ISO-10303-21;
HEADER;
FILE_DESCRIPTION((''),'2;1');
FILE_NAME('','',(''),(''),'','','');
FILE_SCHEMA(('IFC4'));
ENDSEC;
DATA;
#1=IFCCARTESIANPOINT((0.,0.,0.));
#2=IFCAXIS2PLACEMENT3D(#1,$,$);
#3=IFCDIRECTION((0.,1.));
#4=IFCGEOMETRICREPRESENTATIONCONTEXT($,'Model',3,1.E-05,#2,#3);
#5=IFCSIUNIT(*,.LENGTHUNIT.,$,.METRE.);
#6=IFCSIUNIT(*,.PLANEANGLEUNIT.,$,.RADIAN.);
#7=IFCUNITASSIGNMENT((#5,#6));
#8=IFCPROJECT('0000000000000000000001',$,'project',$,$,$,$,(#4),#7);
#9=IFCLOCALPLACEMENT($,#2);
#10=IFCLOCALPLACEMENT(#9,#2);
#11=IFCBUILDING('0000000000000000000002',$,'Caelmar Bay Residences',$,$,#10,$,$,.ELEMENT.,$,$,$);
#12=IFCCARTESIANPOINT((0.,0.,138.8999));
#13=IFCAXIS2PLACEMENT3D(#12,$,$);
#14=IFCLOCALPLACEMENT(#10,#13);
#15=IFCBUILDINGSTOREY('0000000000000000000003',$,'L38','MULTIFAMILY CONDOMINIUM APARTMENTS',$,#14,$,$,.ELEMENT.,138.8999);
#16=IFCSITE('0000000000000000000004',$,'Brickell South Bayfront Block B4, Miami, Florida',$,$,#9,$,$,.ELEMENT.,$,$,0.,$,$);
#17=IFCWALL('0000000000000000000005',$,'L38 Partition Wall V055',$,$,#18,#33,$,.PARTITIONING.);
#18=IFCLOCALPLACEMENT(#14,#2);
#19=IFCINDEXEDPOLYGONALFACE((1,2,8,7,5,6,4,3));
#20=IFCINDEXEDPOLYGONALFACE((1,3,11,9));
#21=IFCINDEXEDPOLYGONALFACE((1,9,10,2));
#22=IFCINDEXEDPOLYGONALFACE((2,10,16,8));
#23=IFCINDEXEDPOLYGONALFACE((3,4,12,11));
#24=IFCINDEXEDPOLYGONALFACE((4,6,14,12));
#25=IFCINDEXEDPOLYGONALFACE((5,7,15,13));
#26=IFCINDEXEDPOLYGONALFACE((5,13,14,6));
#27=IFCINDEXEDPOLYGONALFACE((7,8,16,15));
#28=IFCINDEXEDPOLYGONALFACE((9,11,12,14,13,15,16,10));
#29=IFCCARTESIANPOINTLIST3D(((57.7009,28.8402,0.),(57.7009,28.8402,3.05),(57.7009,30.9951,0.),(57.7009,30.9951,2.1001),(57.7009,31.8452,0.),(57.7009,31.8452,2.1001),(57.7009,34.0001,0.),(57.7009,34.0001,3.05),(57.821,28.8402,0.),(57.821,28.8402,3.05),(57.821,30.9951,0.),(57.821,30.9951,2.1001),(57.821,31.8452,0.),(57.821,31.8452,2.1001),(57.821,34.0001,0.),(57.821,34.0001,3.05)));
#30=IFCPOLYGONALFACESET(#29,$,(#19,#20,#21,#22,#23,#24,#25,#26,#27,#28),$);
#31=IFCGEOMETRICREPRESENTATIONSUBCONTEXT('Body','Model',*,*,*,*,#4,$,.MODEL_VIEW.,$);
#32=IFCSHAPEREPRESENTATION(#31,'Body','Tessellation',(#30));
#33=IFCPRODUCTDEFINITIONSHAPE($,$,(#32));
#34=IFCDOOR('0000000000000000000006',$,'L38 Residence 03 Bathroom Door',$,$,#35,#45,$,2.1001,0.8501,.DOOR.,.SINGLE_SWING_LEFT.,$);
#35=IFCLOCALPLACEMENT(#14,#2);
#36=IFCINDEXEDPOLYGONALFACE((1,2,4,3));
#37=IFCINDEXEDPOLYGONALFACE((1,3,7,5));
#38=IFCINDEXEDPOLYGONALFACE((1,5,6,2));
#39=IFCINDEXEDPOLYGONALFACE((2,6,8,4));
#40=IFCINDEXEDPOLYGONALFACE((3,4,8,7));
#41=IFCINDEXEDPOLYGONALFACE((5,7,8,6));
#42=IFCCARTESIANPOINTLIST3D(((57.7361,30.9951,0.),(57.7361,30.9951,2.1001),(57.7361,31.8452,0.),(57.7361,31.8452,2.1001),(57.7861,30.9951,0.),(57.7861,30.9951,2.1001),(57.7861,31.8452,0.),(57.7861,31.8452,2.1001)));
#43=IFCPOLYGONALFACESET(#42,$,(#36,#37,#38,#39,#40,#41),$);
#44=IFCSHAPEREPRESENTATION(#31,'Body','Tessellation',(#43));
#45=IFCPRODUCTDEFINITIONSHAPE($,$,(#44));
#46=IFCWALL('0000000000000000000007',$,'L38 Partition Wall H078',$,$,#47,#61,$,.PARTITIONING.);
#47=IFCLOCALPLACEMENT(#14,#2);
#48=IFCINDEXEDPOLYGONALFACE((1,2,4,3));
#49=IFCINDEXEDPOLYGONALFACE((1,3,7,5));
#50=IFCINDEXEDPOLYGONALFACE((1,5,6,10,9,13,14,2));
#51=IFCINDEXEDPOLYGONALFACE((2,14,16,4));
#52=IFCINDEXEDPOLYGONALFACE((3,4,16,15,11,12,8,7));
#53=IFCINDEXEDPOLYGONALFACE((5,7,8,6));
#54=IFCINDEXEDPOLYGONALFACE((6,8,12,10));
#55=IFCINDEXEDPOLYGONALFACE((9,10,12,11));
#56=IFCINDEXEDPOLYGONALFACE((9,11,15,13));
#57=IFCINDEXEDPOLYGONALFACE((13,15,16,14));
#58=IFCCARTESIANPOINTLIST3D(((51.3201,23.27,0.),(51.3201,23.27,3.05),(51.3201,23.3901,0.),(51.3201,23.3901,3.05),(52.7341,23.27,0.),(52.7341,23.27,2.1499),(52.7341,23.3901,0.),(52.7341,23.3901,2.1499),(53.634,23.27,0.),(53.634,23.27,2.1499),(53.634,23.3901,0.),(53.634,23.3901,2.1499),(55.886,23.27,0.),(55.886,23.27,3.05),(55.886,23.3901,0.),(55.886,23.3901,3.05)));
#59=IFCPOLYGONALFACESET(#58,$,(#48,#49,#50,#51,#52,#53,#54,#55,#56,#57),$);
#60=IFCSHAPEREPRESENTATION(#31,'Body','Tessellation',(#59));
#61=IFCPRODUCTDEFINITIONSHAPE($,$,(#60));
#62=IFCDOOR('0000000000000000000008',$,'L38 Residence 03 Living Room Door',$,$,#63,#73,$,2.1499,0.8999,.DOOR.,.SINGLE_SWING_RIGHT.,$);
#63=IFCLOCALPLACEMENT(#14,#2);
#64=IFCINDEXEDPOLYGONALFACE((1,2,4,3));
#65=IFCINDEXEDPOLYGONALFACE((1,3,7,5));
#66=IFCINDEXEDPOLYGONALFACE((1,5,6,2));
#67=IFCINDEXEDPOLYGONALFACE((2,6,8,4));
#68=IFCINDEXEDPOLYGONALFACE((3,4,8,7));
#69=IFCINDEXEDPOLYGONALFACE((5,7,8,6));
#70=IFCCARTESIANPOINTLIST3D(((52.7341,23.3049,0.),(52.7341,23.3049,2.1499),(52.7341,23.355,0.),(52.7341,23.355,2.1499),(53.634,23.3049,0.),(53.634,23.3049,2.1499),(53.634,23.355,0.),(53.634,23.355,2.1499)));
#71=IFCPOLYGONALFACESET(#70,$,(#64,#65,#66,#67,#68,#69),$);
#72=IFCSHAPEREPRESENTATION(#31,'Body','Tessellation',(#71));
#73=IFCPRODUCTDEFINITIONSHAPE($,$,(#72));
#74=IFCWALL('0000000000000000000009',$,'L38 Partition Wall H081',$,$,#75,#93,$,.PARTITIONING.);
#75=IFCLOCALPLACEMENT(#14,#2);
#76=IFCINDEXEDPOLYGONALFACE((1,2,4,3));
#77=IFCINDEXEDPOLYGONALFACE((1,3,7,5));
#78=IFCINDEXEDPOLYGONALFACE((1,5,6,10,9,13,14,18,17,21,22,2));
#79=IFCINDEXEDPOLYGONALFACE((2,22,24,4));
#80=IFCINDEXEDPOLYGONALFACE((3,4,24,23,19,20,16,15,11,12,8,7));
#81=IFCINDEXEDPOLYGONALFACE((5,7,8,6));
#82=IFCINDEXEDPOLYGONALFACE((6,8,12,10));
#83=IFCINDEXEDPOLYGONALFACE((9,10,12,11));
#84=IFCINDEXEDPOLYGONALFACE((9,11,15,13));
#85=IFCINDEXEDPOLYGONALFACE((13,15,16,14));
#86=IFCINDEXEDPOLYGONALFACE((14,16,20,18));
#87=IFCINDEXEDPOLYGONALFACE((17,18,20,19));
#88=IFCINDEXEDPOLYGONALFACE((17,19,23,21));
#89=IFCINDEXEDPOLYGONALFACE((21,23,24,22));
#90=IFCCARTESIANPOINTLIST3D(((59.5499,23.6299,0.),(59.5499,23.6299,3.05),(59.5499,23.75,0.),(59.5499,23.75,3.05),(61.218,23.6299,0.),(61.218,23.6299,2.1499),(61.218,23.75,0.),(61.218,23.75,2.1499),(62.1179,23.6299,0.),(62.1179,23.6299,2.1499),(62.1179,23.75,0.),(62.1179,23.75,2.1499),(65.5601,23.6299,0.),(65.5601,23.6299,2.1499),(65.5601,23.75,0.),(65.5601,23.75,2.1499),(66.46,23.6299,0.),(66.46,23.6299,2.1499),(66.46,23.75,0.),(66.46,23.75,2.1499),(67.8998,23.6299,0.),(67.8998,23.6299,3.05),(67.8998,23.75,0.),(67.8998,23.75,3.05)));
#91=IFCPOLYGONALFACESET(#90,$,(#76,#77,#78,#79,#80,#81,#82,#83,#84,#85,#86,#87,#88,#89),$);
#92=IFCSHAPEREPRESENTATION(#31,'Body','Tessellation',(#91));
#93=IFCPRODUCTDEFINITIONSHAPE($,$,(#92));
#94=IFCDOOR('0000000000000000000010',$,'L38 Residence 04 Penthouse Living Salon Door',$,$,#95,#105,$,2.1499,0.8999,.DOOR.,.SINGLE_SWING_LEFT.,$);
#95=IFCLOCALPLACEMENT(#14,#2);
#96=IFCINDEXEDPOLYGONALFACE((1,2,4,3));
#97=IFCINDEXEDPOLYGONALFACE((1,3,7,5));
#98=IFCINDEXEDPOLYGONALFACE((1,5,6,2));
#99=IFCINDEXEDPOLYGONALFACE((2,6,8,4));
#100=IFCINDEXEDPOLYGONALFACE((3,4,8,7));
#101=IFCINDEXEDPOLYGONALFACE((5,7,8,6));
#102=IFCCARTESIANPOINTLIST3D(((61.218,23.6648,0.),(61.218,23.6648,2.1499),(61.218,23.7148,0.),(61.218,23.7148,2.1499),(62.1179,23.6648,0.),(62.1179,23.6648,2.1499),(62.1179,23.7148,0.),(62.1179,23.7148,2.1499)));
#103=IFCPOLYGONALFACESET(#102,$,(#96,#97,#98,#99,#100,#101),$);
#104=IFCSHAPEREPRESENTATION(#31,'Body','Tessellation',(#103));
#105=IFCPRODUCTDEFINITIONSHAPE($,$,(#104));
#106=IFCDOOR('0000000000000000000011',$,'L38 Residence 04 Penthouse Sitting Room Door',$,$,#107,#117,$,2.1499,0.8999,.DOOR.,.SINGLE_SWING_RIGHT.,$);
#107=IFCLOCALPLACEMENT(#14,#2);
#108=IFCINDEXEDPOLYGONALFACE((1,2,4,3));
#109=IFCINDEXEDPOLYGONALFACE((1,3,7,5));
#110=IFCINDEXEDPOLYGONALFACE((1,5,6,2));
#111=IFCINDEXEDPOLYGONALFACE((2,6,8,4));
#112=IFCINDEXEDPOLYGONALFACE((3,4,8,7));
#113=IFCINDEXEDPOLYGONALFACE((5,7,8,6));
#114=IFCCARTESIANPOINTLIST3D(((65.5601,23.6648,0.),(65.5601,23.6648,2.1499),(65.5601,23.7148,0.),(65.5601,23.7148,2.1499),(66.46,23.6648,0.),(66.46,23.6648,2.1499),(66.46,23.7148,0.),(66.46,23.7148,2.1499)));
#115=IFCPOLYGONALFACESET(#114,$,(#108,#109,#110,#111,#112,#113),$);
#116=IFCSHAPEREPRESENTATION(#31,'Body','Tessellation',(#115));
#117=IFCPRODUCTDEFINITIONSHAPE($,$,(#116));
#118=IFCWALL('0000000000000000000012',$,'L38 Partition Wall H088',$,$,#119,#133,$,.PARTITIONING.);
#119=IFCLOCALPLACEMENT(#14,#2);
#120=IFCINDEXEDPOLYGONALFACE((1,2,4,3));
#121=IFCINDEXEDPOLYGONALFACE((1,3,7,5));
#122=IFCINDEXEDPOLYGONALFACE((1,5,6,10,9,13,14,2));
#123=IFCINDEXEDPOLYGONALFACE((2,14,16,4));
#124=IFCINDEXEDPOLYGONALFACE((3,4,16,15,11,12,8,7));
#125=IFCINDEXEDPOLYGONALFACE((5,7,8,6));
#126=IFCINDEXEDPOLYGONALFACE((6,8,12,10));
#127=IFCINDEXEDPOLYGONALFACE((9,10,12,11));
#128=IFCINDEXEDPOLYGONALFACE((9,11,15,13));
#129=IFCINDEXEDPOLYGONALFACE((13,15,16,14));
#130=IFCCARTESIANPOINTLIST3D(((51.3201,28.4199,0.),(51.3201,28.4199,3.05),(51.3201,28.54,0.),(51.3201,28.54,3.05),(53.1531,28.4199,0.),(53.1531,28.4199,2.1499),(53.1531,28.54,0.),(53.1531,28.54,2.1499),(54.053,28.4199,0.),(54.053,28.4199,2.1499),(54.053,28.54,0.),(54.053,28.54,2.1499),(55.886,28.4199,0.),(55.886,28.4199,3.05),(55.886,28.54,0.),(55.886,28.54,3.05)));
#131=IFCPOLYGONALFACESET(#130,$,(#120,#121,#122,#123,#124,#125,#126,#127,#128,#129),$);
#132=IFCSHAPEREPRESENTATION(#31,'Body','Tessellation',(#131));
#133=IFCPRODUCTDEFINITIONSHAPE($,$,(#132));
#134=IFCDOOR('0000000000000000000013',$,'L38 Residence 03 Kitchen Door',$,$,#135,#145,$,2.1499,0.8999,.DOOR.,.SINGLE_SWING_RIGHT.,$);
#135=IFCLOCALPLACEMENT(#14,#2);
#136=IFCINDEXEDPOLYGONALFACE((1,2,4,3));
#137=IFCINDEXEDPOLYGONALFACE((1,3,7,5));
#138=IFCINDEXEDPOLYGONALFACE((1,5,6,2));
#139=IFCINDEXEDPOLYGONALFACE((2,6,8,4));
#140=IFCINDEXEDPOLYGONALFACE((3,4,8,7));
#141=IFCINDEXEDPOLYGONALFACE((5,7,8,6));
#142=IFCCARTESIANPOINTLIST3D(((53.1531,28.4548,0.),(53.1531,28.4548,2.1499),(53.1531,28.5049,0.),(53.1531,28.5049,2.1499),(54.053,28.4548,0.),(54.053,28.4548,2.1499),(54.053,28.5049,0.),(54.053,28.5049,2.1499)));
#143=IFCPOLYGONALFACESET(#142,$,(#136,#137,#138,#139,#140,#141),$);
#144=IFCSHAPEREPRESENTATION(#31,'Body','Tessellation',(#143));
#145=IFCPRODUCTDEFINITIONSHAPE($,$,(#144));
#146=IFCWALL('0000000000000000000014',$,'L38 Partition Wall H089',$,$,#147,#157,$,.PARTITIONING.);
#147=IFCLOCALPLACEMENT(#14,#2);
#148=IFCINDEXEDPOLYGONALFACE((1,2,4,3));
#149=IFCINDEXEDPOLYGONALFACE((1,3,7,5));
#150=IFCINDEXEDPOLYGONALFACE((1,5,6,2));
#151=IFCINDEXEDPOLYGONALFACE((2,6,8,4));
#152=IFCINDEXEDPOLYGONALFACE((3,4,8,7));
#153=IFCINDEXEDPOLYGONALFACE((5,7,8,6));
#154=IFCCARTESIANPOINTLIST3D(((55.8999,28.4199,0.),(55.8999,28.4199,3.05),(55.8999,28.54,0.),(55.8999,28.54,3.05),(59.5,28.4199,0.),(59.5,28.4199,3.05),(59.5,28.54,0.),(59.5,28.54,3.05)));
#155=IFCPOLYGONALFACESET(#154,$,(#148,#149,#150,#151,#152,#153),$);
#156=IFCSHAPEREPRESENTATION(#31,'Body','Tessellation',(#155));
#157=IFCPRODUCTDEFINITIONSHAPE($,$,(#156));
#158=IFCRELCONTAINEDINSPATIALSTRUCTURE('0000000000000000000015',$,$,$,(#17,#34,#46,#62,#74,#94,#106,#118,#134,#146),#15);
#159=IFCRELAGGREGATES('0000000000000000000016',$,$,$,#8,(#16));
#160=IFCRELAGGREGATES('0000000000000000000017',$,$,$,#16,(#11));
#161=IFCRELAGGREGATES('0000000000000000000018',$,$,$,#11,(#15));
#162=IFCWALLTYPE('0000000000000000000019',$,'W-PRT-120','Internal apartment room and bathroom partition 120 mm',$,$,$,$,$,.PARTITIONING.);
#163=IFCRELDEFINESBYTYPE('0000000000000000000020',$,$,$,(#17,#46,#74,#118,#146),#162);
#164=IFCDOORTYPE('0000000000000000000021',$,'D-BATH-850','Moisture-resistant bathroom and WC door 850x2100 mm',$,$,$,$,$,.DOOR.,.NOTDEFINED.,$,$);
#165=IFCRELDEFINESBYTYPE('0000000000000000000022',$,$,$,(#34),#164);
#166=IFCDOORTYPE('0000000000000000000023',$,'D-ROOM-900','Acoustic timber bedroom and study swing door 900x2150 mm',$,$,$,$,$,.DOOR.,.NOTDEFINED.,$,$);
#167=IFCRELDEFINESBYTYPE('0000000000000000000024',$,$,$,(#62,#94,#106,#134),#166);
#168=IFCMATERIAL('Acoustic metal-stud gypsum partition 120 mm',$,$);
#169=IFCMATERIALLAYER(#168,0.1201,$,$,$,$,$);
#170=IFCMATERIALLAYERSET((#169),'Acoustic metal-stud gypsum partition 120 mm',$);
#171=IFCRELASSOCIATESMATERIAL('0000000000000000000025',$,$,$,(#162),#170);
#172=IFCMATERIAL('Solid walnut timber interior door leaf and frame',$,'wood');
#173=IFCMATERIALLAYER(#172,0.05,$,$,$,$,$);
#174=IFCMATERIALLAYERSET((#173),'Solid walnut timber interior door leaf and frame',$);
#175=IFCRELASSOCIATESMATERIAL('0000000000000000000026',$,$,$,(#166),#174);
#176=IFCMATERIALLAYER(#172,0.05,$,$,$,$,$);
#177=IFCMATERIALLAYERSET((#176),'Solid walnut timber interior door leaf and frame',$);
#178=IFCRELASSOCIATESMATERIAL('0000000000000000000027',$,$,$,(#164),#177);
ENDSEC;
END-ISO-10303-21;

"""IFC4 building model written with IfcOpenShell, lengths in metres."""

from ifc_helpers import new_model, si_unit, direction, frame, frame_2d, origin, place, context, subcontext, project, spatial, rectangle, extrude, material, layer, layer_set, type_object, element, fill, save


model = new_model("IFC4")

# Units and contexts
model_context = context("Model", 3, precision=1e-05, world=origin(), true_north=direction((0.0, 1.0)))
body_context = subcontext(model_context, "Body", "Model", "MODEL_VIEW")
ifc_project = project(units=[si_unit("LENGTHUNIT", "METRE"), si_unit("PLANEANGLEUNIT", "RADIAN")], contexts=[model_context])

# Site, building, storey
site_placement = place(None, origin())
site = spatial("IfcSite", under=ifc_project, at=site_placement, Name="Brickell South Bayfront Block B4, Miami, Florida", CompositionType="ELEMENT", RefElevation=0.0)
building_placement = place(site_placement, origin())
building = spatial("IfcBuilding", under=site, at=building_placement, Name="Caelmar Bay Residences", CompositionType="ELEMENT")
storey_placement = place(building_placement, frame((0.0, 0.0, 138.8999)))
storey = spatial("IfcBuildingStorey", under=building, at=storey_placement, Name="L38", Description="MULTIFAMILY CONDOMINIUM APARTMENTS", CompositionType="ELEMENT", Elevation=138.8999)

# Shared definitions
ifc_material_1 = material(Name="Acoustic metal-stud gypsum partition 120 mm")
ifc_layer_1 = layer(ifc_material_1, 0.1201)
ifc_layer_set_1 = layer_set([ifc_layer_1], Name="Acoustic metal-stud gypsum partition 120 mm")
wall_type_1 = type_object("IfcWallType", Name="W-PRT-120", Description="Internal apartment room and bathroom partition 120 mm", PredefinedType="PARTITIONING", material=ifc_layer_set_1)
ifc_material_2 = material(Name="Solid walnut timber interior door leaf and frame", Category="wood")
ifc_layer_2 = layer(ifc_material_2, 0.05)
ifc_layer_set_2 = layer_set([ifc_layer_2], Name="Solid walnut timber interior door leaf and frame")
door_type_1 = type_object("IfcDoorType", Name="D-ROOM-900", Description="Acoustic timber bedroom and study swing door 900x2150 mm", OperationType="NOTDEFINED", PredefinedType="DOOR", material=ifc_layer_set_2)

# Walls, openings, doors
wall_1_placement = place(storey_placement, frame((57.761, 28.8401, 0.0), z_axis=(0.0, 0.0, 1.0), x_axis=(0.0, 1.0, 0.0)))
wall_1 = element("IfcWall", 1, at=wall_1_placement, inside=storey, type_object=wall_type_1, Name="L38 Partition Wall V055", PredefinedType="PARTITIONING", context=body_context, shape_type="SweptSolid", body=[
    extrude(rectangle(XDim=5.1599, YDim=0.1201, at=frame_2d((2.5801, 0.0))), origin(), (0.0, 0.0, 1.0), 3.05),
])
opening_1_placement = place(wall_1_placement, frame((2.155, 0.0, 0.0)))
opening_1 = element("IfcOpeningElement", 2, at=opening_1_placement, cuts=wall_1, PredefinedType="OPENING", context=body_context, shape_type="SweptSolid", body=[
    extrude(rectangle(XDim=0.8501, YDim=2.1001, at=frame_2d((0.425, 1.05))), frame((0.0, 0.0701, 0.0), z_axis=(0.0, -1.0, 0.0), x_axis=(1.0, 0.0, 0.0)), (0.0, 0.0, 1.0), 0.1401),
])
ifc_layer_3 = layer(ifc_material_2, 0.05)
ifc_layer_set_3 = layer_set([ifc_layer_3], Name="Solid walnut timber interior door leaf and frame")
door_type_2 = type_object("IfcDoorType", Name="D-BATH-850", Description="Moisture-resistant bathroom and WC door 850x2100 mm", OperationType="NOTDEFINED", PredefinedType="DOOR", material=ifc_layer_set_3)
door_1_placement = place(opening_1_placement, origin())
door_1 = element("IfcDoor", 3, at=door_1_placement, inside=storey, type_object=door_type_2, Name="L38 Residence 03 Bathroom Door", OperationType="SINGLE_SWING_LEFT", OverallHeight=2.1001, OverallWidth=0.8501, PredefinedType="DOOR", context=body_context, shape_type="SweptSolid", body=[
    extrude(rectangle(XDim=0.8501, YDim=2.1001, at=frame_2d((0.425, 1.05))), frame((0.0, 0.0249, 0.0), z_axis=(0.0, -1.0, 0.0), x_axis=(1.0, 0.0, 0.0)), (0.0, 0.0, 1.0), 0.05),
])
fill(opening_1, door_1)
wall_2_placement = place(storey_placement, frame((51.3201, 23.3301, 0.0), z_axis=(0.0, 0.0, 1.0), x_axis=(1.0, 0.0, 0.0)))
wall_2 = element("IfcWall", 4, at=wall_2_placement, inside=storey, type_object=wall_type_1, Name="L38 Partition Wall H078", PredefinedType="PARTITIONING", context=body_context, shape_type="SweptSolid", body=[
    extrude(rectangle(XDim=4.5659, YDim=0.1201, at=frame_2d((2.283, 0.0))), origin(), (0.0, 0.0, 1.0), 3.05),
])
opening_2_placement = place(wall_2_placement, frame((1.4141, 0.0, 0.0)))
opening_2 = element("IfcOpeningElement", 5, at=opening_2_placement, cuts=wall_2, PredefinedType="OPENING", context=body_context, shape_type="SweptSolid", body=[
    extrude(rectangle(XDim=0.8999, YDim=2.1499, at=frame_2d((0.45, 1.075))), frame((0.0, 0.0701, 0.0), z_axis=(0.0, -1.0, 0.0), x_axis=(1.0, 0.0, 0.0)), (0.0, 0.0, 1.0), 0.1401),
])
door_2_placement = place(opening_2_placement, origin())
door_2 = element("IfcDoor", 6, at=door_2_placement, inside=storey, type_object=door_type_1, Name="L38 Residence 03 Living Room Door", OperationType="SINGLE_SWING_RIGHT", OverallHeight=2.1499, OverallWidth=0.8999, PredefinedType="DOOR", context=body_context, shape_type="SweptSolid", body=[
    extrude(rectangle(XDim=0.8999, YDim=2.1499, at=frame_2d((0.45, 1.075))), frame((0.0, 0.0249, 0.0), z_axis=(0.0, -1.0, 0.0), x_axis=(1.0, 0.0, 0.0)), (0.0, 0.0, 1.0), 0.05),
])
fill(opening_2, door_2)

# Wall, openings, doors
wall_3_placement = place(storey_placement, frame((59.55, 23.6899, 0.0), z_axis=(0.0, 0.0, 1.0), x_axis=(1.0, 0.0, 0.0)))
wall_3 = element("IfcWall", 7, at=wall_3_placement, inside=storey, type_object=wall_type_1, Name="L38 Partition Wall H081", PredefinedType="PARTITIONING", context=body_context, shape_type="SweptSolid", body=[
    extrude(rectangle(XDim=8.3499, YDim=0.1201, at=frame_2d((4.1748, 0.0))), origin(), (0.0, 0.0, 1.0), 3.05),
])
opening_3_placement = place(wall_3_placement, frame((1.668, 0.0, 0.0)))
opening_3 = element("IfcOpeningElement", 8, at=opening_3_placement, cuts=wall_3, PredefinedType="OPENING", context=body_context, shape_type="SweptSolid", body=[
    extrude(rectangle(XDim=0.8999, YDim=2.1499, at=frame_2d((0.45, 1.075))), frame((0.0, 0.0701, 0.0), z_axis=(0.0, -1.0, 0.0), x_axis=(1.0, 0.0, 0.0)), (0.0, 0.0, 1.0), 0.1401),
])
opening_4_placement = place(wall_3_placement, frame((6.01, 0.0, 0.0)))
opening_4 = element("IfcOpeningElement", 9, at=opening_4_placement, cuts=wall_3, PredefinedType="OPENING", context=body_context, shape_type="SweptSolid", body=[
    extrude(rectangle(XDim=0.8999, YDim=2.1499, at=frame_2d((0.45, 1.075))), frame((0.0, 0.0701, 0.0), z_axis=(0.0, -1.0, 0.0), x_axis=(1.0, 0.0, 0.0)), (0.0, 0.0, 1.0), 0.1401),
])
door_3_placement = place(opening_3_placement, origin())
door_3 = element("IfcDoor", 10, at=door_3_placement, inside=storey, type_object=door_type_1, Name="L38 Residence 04 Penthouse Living Salon Door", OperationType="SINGLE_SWING_LEFT", OverallHeight=2.1499, OverallWidth=0.8999, PredefinedType="DOOR", context=body_context, shape_type="SweptSolid", body=[
    extrude(rectangle(XDim=0.8999, YDim=2.1499, at=frame_2d((0.45, 1.075))), frame((0.0, 0.0249, 0.0), z_axis=(0.0, -1.0, 0.0), x_axis=(1.0, 0.0, 0.0)), (0.0, 0.0, 1.0), 0.05),
])
fill(opening_3, door_3)
door_4_placement = place(opening_4_placement, origin())
door_4 = element("IfcDoor", 11, at=door_4_placement, inside=storey, type_object=door_type_1, Name="L38 Residence 04 Penthouse Sitting Room Door", OperationType="SINGLE_SWING_RIGHT", OverallHeight=2.1499, OverallWidth=0.8999, PredefinedType="DOOR", context=body_context, shape_type="SweptSolid", body=[
    extrude(rectangle(XDim=0.8999, YDim=2.1499, at=frame_2d((0.45, 1.075))), frame((0.0, 0.0249, 0.0), z_axis=(0.0, -1.0, 0.0), x_axis=(1.0, 0.0, 0.0)), (0.0, 0.0, 1.0), 0.05),
])
fill(opening_4, door_4)

# Wall, opening, door
wall_4_placement = place(storey_placement, frame((51.3201, 28.48, 0.0), z_axis=(0.0, 0.0, 1.0), x_axis=(1.0, 0.0, 0.0)))
wall_4 = element("IfcWall", 12, at=wall_4_placement, inside=storey, type_object=wall_type_1, Name="L38 Partition Wall H088", PredefinedType="PARTITIONING", context=body_context, shape_type="SweptSolid", body=[
    extrude(rectangle(XDim=4.5659, YDim=0.1201, at=frame_2d((2.283, 0.0))), origin(), (0.0, 0.0, 1.0), 3.05),
])
opening_5_placement = place(wall_4_placement, frame((1.833, 0.0, 0.0)))
opening_5 = element("IfcOpeningElement", 13, at=opening_5_placement, cuts=wall_4, PredefinedType="OPENING", context=body_context, shape_type="SweptSolid", body=[
    extrude(rectangle(XDim=0.8999, YDim=2.1499, at=frame_2d((0.45, 1.075))), frame((0.0, 0.0701, 0.0), z_axis=(0.0, -1.0, 0.0), x_axis=(1.0, 0.0, 0.0)), (0.0, 0.0, 1.0), 0.1401),
])
door_5_placement = place(opening_5_placement, origin())
door_5 = element("IfcDoor", 14, at=door_5_placement, inside=storey, type_object=door_type_1, Name="L38 Residence 03 Kitchen Door", OperationType="SINGLE_SWING_RIGHT", OverallHeight=2.1499, OverallWidth=0.8999, PredefinedType="DOOR", context=body_context, shape_type="SweptSolid", body=[
    extrude(rectangle(XDim=0.8999, YDim=2.1499, at=frame_2d((0.45, 1.075))), frame((0.0, 0.0249, 0.0), z_axis=(0.0, -1.0, 0.0), x_axis=(1.0, 0.0, 0.0)), (0.0, 0.0, 1.0), 0.05),
])
fill(opening_5, door_5)

# Wall
wall_5_placement = place(storey_placement, frame((55.8999, 28.48, 0.0), z_axis=(0.0, 0.0, 1.0), x_axis=(1.0, 0.0, 0.0)))
element("IfcWall", 15, at=wall_5_placement, inside=storey, type_object=wall_type_1, Name="L38 Partition Wall H089", PredefinedType="PARTITIONING", context=body_context, shape_type="SweptSolid", body=[
    extrude(rectangle(XDim=3.6001, YDim=0.1201, at=frame_2d((1.8, 0.0))), origin(), (0.0, 0.0, 1.0), 3.05),
])

save(model, "model.ifc")
